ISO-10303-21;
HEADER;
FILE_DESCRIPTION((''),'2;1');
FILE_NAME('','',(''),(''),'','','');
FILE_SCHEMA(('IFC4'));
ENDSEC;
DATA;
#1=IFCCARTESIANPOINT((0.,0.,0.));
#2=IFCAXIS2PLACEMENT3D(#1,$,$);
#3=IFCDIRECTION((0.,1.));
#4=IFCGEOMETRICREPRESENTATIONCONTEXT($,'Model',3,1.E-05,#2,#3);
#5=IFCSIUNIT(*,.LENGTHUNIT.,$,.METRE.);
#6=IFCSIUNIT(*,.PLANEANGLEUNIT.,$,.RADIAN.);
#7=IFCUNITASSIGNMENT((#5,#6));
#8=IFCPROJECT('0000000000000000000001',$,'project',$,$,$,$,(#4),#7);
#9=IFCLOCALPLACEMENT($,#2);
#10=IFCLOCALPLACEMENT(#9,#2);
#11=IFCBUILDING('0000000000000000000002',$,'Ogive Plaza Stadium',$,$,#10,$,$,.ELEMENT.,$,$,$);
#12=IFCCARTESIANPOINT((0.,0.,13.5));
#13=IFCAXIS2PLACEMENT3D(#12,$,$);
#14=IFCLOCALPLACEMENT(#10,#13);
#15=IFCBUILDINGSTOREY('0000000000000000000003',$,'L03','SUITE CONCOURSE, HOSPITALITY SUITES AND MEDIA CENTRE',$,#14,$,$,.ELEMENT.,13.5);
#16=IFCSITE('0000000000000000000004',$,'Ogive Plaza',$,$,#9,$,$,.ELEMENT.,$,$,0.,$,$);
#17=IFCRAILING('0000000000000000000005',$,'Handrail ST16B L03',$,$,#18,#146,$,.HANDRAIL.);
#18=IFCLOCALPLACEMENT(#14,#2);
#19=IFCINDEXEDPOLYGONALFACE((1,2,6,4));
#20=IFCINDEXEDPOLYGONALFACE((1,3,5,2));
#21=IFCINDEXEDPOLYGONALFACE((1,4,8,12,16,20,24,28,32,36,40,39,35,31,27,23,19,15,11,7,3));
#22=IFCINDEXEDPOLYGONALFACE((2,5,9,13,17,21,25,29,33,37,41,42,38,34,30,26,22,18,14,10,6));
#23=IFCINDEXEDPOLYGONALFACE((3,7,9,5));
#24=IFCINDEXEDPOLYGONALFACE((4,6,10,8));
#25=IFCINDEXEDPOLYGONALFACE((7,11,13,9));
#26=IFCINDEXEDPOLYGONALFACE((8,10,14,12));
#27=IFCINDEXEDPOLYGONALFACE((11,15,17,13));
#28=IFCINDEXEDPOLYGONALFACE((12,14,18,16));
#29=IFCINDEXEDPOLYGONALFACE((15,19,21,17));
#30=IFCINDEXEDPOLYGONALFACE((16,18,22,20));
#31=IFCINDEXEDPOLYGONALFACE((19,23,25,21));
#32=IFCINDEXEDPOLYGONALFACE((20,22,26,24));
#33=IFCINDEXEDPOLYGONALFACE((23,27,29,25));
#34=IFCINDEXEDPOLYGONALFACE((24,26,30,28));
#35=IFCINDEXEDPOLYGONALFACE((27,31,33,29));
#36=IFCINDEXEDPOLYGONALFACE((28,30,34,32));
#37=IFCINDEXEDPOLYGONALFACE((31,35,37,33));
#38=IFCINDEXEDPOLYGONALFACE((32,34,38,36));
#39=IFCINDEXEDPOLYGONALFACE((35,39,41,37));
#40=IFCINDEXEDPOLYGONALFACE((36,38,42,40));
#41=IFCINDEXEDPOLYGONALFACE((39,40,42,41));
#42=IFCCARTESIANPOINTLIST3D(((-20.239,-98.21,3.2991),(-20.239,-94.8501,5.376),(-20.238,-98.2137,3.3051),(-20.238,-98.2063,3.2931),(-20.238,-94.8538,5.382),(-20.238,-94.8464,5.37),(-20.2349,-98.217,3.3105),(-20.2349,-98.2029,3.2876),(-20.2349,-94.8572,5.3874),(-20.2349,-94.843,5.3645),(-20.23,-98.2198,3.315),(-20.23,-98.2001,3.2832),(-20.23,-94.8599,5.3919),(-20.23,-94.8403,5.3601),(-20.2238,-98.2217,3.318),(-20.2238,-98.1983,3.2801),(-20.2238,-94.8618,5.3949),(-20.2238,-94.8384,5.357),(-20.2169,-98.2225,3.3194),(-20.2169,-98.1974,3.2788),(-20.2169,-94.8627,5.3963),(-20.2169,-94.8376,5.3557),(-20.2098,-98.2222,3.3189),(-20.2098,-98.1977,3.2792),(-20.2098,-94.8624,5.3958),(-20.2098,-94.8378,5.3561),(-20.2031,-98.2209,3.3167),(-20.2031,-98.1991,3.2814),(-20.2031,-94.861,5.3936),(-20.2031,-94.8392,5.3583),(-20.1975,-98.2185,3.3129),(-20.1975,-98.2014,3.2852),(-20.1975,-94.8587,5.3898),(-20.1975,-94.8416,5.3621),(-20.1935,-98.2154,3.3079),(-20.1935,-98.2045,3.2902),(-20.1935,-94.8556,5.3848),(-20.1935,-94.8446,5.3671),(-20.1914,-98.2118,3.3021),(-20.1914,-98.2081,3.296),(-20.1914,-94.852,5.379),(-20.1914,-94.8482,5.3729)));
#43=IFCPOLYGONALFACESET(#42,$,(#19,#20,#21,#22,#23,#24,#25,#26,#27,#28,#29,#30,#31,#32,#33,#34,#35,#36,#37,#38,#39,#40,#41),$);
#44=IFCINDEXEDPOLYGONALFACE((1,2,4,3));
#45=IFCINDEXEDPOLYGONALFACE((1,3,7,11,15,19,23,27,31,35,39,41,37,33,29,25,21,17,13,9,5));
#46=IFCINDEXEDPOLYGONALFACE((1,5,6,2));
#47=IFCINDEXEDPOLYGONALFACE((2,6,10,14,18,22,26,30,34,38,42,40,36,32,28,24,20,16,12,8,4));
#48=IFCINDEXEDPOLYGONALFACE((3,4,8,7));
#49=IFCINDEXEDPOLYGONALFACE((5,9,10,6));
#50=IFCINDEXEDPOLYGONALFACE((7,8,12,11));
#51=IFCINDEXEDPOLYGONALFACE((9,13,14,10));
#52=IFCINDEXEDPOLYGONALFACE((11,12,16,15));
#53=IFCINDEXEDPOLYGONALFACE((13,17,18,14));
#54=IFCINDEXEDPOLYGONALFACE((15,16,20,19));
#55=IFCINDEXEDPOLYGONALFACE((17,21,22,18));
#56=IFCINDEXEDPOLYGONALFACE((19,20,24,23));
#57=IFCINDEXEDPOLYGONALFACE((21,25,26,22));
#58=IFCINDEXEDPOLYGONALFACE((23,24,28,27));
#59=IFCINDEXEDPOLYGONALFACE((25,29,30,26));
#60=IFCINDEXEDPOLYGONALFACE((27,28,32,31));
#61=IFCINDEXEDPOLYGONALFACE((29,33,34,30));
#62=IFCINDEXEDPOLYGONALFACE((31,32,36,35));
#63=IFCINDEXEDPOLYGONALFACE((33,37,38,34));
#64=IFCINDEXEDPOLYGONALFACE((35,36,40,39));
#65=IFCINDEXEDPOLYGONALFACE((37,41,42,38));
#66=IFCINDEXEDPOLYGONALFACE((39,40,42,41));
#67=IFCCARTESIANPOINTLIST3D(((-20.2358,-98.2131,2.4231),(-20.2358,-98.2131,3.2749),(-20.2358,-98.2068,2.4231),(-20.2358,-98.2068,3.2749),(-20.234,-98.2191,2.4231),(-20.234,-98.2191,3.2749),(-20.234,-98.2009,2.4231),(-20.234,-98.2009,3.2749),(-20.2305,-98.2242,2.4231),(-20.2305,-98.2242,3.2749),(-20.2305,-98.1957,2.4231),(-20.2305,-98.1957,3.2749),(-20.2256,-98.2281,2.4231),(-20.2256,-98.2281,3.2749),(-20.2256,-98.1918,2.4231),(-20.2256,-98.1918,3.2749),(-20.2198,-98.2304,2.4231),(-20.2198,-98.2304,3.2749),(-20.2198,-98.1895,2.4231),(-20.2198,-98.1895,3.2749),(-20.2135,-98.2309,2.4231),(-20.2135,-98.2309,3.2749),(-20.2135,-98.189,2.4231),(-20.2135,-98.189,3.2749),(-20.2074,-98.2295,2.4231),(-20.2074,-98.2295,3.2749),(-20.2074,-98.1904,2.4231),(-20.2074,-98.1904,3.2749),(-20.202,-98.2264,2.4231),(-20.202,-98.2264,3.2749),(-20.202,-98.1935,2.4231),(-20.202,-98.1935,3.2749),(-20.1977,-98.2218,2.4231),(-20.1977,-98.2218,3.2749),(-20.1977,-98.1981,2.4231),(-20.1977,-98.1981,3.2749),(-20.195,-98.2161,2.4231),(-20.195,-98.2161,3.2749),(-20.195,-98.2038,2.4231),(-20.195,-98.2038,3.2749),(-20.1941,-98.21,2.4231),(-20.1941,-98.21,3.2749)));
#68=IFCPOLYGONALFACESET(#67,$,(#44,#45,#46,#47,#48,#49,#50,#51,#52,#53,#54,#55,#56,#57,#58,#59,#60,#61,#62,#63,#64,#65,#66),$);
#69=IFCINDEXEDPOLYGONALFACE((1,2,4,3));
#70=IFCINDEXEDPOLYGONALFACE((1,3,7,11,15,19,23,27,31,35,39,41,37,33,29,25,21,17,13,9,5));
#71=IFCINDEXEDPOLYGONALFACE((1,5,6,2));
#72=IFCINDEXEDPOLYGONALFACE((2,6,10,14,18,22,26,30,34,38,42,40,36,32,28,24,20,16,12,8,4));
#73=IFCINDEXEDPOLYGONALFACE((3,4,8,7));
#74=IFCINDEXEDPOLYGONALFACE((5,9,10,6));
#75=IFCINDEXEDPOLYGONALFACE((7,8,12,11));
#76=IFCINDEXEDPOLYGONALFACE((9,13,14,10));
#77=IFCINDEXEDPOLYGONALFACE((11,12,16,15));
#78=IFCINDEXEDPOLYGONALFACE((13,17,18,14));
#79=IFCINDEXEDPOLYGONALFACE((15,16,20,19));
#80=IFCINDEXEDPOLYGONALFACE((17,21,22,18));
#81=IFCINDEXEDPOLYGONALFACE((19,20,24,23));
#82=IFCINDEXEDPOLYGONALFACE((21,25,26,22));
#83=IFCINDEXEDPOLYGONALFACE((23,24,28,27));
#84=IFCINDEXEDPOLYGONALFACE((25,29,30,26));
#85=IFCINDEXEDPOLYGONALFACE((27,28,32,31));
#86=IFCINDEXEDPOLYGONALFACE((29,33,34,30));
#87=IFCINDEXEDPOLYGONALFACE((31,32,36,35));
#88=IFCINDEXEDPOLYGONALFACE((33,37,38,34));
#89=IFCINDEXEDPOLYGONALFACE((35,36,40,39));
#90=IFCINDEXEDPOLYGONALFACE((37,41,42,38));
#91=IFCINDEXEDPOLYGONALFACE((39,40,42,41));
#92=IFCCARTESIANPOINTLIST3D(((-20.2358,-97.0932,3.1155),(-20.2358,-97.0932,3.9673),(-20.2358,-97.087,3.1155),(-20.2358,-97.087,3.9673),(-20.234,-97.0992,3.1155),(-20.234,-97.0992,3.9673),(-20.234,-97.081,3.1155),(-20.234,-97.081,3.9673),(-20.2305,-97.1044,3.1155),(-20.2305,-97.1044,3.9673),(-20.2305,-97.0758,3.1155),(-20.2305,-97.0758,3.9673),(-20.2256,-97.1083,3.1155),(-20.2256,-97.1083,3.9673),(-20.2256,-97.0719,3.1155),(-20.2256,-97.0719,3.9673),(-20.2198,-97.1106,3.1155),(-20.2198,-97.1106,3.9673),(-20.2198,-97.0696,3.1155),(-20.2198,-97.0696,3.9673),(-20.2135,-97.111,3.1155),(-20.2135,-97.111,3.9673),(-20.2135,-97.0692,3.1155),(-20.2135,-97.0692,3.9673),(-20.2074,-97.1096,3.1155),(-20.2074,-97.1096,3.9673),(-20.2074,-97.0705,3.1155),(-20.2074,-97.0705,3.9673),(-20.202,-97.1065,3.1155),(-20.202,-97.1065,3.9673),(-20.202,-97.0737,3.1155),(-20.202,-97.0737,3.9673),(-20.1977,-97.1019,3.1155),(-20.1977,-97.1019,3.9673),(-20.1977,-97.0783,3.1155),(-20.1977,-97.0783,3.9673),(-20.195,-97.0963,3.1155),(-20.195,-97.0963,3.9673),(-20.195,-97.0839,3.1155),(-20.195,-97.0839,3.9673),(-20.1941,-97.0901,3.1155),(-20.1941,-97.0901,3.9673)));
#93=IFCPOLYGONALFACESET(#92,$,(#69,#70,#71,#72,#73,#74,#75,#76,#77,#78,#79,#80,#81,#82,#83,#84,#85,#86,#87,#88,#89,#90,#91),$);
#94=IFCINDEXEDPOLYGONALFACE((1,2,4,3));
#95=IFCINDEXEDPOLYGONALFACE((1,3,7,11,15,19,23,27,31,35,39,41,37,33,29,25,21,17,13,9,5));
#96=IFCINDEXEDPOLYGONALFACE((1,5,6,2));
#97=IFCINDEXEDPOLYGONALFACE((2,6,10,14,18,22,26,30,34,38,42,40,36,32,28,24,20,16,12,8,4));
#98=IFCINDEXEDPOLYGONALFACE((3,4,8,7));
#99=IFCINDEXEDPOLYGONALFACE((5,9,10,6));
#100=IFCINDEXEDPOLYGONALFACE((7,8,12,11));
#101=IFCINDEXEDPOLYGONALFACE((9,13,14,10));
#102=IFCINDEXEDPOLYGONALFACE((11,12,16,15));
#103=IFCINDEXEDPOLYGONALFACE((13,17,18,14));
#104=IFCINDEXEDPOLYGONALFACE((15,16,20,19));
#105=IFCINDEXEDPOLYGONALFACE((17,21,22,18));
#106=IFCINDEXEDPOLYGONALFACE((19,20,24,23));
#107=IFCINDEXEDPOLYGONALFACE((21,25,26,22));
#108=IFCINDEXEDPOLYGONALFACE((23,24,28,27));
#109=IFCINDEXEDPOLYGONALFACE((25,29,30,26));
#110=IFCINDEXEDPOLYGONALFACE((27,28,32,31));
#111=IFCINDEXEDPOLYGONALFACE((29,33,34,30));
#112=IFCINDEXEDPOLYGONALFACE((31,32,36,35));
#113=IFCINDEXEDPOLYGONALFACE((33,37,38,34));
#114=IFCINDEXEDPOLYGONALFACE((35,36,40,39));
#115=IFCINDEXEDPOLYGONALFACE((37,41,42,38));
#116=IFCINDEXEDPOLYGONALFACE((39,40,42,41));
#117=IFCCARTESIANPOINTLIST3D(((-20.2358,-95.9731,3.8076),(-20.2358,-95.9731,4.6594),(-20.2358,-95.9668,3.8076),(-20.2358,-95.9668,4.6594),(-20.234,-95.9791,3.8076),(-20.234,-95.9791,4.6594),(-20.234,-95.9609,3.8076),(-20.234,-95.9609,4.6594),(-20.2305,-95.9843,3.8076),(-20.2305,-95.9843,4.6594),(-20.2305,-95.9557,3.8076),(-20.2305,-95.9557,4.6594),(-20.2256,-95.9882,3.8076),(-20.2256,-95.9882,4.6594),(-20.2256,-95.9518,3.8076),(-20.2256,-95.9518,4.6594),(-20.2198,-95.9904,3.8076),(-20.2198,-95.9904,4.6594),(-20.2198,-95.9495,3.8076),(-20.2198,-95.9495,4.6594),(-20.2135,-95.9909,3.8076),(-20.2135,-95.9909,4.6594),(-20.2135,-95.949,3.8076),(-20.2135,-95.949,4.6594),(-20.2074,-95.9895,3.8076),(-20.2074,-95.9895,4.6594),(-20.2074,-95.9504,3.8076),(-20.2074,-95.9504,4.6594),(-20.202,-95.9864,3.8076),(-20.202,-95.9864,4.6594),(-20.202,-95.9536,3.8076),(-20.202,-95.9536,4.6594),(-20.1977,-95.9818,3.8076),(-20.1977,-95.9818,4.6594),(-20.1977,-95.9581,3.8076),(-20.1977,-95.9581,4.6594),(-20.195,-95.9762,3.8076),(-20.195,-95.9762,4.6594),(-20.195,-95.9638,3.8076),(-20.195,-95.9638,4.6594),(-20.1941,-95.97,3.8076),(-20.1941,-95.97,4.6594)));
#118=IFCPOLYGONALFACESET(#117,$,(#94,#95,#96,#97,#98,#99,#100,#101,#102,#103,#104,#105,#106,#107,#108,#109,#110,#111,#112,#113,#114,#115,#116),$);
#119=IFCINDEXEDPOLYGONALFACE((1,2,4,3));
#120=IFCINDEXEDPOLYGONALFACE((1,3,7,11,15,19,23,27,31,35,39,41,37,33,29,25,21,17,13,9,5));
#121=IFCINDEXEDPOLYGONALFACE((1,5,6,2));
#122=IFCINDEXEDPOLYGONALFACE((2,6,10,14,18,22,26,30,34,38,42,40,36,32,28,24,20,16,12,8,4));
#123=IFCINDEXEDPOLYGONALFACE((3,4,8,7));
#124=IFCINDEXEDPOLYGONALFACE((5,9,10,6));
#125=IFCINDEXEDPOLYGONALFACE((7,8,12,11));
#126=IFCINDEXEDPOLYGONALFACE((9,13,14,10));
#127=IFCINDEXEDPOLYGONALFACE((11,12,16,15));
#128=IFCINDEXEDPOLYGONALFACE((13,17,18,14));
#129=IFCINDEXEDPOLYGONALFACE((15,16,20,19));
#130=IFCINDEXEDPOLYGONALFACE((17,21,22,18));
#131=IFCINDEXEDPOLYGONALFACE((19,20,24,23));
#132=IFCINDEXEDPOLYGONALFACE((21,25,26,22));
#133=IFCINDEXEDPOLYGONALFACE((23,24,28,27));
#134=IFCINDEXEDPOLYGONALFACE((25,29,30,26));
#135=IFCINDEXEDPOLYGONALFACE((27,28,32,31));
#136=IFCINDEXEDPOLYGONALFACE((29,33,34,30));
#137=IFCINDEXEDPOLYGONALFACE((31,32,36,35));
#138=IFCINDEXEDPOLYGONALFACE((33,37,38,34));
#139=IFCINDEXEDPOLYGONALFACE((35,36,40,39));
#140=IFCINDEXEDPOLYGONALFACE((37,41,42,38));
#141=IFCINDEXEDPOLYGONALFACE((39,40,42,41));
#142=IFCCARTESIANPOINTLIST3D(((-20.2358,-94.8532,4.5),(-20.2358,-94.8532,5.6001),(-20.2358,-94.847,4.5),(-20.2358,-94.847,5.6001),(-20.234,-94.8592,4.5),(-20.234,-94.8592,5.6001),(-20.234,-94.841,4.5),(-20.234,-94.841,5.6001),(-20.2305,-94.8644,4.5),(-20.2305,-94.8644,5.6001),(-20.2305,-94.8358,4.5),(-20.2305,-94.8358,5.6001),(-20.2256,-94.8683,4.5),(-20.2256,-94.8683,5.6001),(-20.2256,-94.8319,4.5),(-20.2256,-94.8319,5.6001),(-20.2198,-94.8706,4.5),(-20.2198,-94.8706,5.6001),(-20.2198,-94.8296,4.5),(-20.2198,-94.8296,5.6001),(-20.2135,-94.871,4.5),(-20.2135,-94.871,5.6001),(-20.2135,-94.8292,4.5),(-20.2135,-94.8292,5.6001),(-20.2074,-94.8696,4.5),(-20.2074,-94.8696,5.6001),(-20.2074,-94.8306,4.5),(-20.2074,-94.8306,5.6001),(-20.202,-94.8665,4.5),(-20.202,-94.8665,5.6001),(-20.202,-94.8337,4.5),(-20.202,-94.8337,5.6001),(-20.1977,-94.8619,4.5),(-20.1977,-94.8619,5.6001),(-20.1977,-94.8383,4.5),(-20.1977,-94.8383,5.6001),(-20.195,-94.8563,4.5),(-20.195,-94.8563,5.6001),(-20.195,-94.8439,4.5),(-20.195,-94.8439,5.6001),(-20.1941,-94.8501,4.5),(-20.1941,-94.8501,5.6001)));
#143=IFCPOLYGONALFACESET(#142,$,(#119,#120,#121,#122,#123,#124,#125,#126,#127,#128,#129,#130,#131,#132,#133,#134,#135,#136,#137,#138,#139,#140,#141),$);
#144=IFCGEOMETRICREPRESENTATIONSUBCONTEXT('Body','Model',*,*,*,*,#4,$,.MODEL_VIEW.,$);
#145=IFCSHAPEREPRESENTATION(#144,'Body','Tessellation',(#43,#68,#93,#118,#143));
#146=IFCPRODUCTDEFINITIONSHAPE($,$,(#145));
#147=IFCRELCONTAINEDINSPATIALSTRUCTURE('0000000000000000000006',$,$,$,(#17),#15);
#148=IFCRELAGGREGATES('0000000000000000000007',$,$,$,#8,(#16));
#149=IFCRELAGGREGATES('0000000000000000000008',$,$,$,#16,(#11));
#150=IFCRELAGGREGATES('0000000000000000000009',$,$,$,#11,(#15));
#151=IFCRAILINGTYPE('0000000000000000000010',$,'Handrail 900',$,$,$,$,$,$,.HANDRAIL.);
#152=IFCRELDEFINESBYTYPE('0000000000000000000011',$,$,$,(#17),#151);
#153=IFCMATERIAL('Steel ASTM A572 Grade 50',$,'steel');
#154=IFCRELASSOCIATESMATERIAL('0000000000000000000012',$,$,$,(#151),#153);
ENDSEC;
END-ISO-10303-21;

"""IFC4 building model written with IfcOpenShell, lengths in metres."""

from ifc_helpers import new_model, si_unit, direction, frame, origin, origin_2d, place, context, subcontext, project, spatial, circle, extrude, material, type_object, element, save


model = new_model("IFC4")

# Units and contexts
model_context = context("Model", 3, precision=1e-05, world=origin(), true_north=direction((0.0, 1.0)))
body_context = subcontext(model_context, "Body", "Model", "MODEL_VIEW")
ifc_project = project(units=[si_unit("LENGTHUNIT", "METRE"), si_unit("PLANEANGLEUNIT", "RADIAN")], contexts=[model_context])

# Site, building, storey
site_placement = place(None, origin())
site = spatial("IfcSite", under=ifc_project, at=site_placement, Name="Ogive Plaza", CompositionType="ELEMENT", RefElevation=0.0)
building_placement = place(site_placement, origin())
building = spatial("IfcBuilding", under=site, at=building_placement, Name="Ogive Plaza Stadium", CompositionType="ELEMENT")
storey_placement = place(building_placement, frame((0.0, 0.0, 13.5)))
storey = spatial("IfcBuildingStorey", under=building, at=storey_placement, Name="L03", Description="SUITE CONCOURSE, HOSPITALITY SUITES AND MEDIA CENTRE", CompositionType="ELEMENT", Elevation=13.5)

# Railing
ifc_material_1 = material(Name="Steel ASTM A572 Grade 50", Category="steel")
railing_type_1 = type_object("IfcRailingType", Name="Handrail 900", PredefinedType="HANDRAIL", material=ifc_material_1)
for number, where, name in (
    (1, (-20.2151, -98.21, 2.4231), "Handrail ST16B L03"),
):
    element("IfcRailing", number, at=place(storey_placement, frame(where)), inside=storey, type_object=railing_type_1, Name=name, PredefinedType="HANDRAIL", context=body_context, shape_type="SweptSolid", body=[
        extrude(circle(Radius=0.0239, at=origin_2d()), frame((0.0, 0.0, 0.876), z_axis=(0.0, 0.850606, 0.525803), x_axis=(-1.0, 0.0, 0.0)), (0.0, 0.0, 1.0), 3.95),
        extrude(circle(Radius=0.021, at=origin_2d()), origin(), (0.0, 0.0, 1.0), 0.8518),
        extrude(circle(Radius=0.021, at=origin_2d()), frame((0.0, 1.1199, 0.6924)), (0.0, 0.0, 1.0), 0.8518),
        extrude(circle(Radius=0.021, at=origin_2d()), frame((0.0, 2.24, 1.3845)), (0.0, 0.0, 1.0), 0.8518),
        extrude(circle(Radius=0.021, at=origin_2d()), frame((0.0, 3.3599, 2.0769)), (0.0, 0.0, 1.0), 1.1001),
    ])

save(model, "model.ifc")
